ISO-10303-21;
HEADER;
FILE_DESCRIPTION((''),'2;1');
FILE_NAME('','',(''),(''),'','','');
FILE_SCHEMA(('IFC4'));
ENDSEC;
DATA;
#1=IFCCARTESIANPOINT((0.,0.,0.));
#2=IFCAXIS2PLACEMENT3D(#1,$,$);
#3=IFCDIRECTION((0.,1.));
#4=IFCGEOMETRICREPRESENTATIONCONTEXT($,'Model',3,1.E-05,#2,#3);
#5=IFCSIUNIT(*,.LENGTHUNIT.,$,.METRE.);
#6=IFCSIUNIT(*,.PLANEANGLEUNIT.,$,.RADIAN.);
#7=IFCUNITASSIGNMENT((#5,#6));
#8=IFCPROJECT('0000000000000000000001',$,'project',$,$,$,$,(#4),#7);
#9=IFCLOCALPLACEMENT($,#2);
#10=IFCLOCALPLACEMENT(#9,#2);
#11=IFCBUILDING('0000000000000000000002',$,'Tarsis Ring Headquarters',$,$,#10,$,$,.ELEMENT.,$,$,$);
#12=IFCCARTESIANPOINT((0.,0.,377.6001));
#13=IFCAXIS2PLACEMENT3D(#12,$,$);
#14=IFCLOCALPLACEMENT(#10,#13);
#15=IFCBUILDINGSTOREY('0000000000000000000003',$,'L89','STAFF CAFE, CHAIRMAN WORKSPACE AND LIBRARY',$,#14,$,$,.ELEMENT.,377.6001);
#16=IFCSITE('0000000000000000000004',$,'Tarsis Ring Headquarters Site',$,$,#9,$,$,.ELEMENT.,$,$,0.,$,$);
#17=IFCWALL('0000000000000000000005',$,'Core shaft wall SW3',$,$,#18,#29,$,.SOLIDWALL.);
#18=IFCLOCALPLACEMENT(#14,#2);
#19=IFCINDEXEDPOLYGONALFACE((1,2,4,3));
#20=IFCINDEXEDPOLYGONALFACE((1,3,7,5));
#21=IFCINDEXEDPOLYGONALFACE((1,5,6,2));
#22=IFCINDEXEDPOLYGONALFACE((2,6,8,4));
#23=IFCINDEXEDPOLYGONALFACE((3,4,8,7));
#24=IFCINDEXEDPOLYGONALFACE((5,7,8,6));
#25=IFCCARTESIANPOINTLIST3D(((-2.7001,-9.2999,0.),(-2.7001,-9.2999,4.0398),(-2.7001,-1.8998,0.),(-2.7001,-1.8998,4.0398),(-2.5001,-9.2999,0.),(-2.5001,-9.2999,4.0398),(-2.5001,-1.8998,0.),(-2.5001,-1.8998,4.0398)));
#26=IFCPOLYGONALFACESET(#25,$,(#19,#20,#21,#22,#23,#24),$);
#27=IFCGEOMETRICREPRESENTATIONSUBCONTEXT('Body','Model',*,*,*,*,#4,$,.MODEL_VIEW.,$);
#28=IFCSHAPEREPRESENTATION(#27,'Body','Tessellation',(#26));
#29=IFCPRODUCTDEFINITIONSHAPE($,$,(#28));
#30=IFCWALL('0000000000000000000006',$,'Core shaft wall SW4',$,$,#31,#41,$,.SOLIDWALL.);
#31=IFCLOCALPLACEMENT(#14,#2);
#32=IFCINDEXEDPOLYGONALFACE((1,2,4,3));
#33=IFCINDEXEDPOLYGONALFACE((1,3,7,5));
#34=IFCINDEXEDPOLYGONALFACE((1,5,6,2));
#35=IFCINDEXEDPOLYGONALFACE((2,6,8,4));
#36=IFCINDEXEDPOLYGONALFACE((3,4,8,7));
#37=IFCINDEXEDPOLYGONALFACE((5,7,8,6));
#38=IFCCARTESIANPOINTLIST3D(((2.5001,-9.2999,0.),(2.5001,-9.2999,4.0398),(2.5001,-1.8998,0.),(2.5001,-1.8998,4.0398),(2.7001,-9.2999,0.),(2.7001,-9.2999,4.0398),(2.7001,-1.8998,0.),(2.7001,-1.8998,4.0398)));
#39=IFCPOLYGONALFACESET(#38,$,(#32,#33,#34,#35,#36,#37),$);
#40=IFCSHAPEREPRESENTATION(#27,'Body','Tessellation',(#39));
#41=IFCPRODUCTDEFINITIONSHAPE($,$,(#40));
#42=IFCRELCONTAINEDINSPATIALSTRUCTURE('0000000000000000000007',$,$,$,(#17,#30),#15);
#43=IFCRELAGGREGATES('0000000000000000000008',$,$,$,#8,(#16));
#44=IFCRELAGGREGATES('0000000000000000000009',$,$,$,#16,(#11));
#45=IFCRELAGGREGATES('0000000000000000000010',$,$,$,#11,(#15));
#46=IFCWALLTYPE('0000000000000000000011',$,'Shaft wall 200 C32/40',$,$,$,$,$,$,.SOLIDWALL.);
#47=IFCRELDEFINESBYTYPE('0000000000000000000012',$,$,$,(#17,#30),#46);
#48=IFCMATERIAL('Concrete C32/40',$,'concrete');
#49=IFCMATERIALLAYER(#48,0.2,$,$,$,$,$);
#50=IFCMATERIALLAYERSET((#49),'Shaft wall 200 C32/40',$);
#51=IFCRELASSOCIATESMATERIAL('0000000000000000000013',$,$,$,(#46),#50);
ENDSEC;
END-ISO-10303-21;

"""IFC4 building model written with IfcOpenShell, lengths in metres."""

from ifc_helpers import new_model, si_unit, direction, frame, frame_2d, origin, place, context, subcontext, project, spatial, rectangle, extrude, material, layer, layer_set, type_object, element, save


model = new_model("IFC4")

# Units and contexts
model_context = context("Model", 3, precision=1e-05, world=origin(), true_north=direction((0.0, 1.0)))
body_context = subcontext(model_context, "Body", "Model", "MODEL_VIEW")
ifc_project = project(units=[si_unit("LENGTHUNIT", "METRE"), si_unit("PLANEANGLEUNIT", "RADIAN")], contexts=[model_context])

# Site, building, storey
site_placement = place(None, origin())
site = spatial("IfcSite", under=ifc_project, at=site_placement, Name="Tarsis Ring Headquarters Site", CompositionType="ELEMENT", RefElevation=0.0)
building_placement = place(site_placement, origin())
building = spatial("IfcBuilding", under=site, at=building_placement, Name="Tarsis Ring Headquarters", CompositionType="ELEMENT")
storey_placement = place(building_placement, frame((0.0, 0.0, 377.6001)))
storey = spatial("IfcBuildingStorey", under=building, at=storey_placement, Name="L89", Description="STAFF CAFE, CHAIRMAN WORKSPACE AND LIBRARY", CompositionType="ELEMENT", Elevation=377.6001)

# Shared definitions
ifc_material_1 = material(Name="Concrete C32/40", Category="concrete")
ifc_layer_1 = layer(ifc_material_1, 0.2)
ifc_layer_set_1 = layer_set([ifc_layer_1], Name="Shaft wall 200 C32/40")
wall_type_1 = type_object("IfcWallType", Name="Shaft wall 200 C32/40", PredefinedType="SOLIDWALL", material=ifc_layer_set_1)

# Walls
for number, where, z_axis, x_axis, name in (
    (1, (-2.6001, -9.3, 0.0), (0.0, 0.0, 1.0), (0.0, 1.0, 0.0), "Core shaft wall SW3"),
    (2, (2.6001, -9.3, 0.0), (0.0, 0.0, 1.0), (0.0, 1.0, 0.0), "Core shaft wall SW4"),
):
    element("IfcWall", number, at=place(storey_placement, frame(where, z_axis=z_axis, x_axis=x_axis)), inside=storey, type_object=wall_type_1, Name=name, PredefinedType="SOLIDWALL", context=body_context, shape_type="SweptSolid", body=[
        extrude(rectangle(XDim=7.4001, YDim=0.2, at=frame_2d((3.7002, 0.0))), origin(), (0.0, 0.0, 1.0), 4.0398),
    ])

save(model, "model.ifc")
